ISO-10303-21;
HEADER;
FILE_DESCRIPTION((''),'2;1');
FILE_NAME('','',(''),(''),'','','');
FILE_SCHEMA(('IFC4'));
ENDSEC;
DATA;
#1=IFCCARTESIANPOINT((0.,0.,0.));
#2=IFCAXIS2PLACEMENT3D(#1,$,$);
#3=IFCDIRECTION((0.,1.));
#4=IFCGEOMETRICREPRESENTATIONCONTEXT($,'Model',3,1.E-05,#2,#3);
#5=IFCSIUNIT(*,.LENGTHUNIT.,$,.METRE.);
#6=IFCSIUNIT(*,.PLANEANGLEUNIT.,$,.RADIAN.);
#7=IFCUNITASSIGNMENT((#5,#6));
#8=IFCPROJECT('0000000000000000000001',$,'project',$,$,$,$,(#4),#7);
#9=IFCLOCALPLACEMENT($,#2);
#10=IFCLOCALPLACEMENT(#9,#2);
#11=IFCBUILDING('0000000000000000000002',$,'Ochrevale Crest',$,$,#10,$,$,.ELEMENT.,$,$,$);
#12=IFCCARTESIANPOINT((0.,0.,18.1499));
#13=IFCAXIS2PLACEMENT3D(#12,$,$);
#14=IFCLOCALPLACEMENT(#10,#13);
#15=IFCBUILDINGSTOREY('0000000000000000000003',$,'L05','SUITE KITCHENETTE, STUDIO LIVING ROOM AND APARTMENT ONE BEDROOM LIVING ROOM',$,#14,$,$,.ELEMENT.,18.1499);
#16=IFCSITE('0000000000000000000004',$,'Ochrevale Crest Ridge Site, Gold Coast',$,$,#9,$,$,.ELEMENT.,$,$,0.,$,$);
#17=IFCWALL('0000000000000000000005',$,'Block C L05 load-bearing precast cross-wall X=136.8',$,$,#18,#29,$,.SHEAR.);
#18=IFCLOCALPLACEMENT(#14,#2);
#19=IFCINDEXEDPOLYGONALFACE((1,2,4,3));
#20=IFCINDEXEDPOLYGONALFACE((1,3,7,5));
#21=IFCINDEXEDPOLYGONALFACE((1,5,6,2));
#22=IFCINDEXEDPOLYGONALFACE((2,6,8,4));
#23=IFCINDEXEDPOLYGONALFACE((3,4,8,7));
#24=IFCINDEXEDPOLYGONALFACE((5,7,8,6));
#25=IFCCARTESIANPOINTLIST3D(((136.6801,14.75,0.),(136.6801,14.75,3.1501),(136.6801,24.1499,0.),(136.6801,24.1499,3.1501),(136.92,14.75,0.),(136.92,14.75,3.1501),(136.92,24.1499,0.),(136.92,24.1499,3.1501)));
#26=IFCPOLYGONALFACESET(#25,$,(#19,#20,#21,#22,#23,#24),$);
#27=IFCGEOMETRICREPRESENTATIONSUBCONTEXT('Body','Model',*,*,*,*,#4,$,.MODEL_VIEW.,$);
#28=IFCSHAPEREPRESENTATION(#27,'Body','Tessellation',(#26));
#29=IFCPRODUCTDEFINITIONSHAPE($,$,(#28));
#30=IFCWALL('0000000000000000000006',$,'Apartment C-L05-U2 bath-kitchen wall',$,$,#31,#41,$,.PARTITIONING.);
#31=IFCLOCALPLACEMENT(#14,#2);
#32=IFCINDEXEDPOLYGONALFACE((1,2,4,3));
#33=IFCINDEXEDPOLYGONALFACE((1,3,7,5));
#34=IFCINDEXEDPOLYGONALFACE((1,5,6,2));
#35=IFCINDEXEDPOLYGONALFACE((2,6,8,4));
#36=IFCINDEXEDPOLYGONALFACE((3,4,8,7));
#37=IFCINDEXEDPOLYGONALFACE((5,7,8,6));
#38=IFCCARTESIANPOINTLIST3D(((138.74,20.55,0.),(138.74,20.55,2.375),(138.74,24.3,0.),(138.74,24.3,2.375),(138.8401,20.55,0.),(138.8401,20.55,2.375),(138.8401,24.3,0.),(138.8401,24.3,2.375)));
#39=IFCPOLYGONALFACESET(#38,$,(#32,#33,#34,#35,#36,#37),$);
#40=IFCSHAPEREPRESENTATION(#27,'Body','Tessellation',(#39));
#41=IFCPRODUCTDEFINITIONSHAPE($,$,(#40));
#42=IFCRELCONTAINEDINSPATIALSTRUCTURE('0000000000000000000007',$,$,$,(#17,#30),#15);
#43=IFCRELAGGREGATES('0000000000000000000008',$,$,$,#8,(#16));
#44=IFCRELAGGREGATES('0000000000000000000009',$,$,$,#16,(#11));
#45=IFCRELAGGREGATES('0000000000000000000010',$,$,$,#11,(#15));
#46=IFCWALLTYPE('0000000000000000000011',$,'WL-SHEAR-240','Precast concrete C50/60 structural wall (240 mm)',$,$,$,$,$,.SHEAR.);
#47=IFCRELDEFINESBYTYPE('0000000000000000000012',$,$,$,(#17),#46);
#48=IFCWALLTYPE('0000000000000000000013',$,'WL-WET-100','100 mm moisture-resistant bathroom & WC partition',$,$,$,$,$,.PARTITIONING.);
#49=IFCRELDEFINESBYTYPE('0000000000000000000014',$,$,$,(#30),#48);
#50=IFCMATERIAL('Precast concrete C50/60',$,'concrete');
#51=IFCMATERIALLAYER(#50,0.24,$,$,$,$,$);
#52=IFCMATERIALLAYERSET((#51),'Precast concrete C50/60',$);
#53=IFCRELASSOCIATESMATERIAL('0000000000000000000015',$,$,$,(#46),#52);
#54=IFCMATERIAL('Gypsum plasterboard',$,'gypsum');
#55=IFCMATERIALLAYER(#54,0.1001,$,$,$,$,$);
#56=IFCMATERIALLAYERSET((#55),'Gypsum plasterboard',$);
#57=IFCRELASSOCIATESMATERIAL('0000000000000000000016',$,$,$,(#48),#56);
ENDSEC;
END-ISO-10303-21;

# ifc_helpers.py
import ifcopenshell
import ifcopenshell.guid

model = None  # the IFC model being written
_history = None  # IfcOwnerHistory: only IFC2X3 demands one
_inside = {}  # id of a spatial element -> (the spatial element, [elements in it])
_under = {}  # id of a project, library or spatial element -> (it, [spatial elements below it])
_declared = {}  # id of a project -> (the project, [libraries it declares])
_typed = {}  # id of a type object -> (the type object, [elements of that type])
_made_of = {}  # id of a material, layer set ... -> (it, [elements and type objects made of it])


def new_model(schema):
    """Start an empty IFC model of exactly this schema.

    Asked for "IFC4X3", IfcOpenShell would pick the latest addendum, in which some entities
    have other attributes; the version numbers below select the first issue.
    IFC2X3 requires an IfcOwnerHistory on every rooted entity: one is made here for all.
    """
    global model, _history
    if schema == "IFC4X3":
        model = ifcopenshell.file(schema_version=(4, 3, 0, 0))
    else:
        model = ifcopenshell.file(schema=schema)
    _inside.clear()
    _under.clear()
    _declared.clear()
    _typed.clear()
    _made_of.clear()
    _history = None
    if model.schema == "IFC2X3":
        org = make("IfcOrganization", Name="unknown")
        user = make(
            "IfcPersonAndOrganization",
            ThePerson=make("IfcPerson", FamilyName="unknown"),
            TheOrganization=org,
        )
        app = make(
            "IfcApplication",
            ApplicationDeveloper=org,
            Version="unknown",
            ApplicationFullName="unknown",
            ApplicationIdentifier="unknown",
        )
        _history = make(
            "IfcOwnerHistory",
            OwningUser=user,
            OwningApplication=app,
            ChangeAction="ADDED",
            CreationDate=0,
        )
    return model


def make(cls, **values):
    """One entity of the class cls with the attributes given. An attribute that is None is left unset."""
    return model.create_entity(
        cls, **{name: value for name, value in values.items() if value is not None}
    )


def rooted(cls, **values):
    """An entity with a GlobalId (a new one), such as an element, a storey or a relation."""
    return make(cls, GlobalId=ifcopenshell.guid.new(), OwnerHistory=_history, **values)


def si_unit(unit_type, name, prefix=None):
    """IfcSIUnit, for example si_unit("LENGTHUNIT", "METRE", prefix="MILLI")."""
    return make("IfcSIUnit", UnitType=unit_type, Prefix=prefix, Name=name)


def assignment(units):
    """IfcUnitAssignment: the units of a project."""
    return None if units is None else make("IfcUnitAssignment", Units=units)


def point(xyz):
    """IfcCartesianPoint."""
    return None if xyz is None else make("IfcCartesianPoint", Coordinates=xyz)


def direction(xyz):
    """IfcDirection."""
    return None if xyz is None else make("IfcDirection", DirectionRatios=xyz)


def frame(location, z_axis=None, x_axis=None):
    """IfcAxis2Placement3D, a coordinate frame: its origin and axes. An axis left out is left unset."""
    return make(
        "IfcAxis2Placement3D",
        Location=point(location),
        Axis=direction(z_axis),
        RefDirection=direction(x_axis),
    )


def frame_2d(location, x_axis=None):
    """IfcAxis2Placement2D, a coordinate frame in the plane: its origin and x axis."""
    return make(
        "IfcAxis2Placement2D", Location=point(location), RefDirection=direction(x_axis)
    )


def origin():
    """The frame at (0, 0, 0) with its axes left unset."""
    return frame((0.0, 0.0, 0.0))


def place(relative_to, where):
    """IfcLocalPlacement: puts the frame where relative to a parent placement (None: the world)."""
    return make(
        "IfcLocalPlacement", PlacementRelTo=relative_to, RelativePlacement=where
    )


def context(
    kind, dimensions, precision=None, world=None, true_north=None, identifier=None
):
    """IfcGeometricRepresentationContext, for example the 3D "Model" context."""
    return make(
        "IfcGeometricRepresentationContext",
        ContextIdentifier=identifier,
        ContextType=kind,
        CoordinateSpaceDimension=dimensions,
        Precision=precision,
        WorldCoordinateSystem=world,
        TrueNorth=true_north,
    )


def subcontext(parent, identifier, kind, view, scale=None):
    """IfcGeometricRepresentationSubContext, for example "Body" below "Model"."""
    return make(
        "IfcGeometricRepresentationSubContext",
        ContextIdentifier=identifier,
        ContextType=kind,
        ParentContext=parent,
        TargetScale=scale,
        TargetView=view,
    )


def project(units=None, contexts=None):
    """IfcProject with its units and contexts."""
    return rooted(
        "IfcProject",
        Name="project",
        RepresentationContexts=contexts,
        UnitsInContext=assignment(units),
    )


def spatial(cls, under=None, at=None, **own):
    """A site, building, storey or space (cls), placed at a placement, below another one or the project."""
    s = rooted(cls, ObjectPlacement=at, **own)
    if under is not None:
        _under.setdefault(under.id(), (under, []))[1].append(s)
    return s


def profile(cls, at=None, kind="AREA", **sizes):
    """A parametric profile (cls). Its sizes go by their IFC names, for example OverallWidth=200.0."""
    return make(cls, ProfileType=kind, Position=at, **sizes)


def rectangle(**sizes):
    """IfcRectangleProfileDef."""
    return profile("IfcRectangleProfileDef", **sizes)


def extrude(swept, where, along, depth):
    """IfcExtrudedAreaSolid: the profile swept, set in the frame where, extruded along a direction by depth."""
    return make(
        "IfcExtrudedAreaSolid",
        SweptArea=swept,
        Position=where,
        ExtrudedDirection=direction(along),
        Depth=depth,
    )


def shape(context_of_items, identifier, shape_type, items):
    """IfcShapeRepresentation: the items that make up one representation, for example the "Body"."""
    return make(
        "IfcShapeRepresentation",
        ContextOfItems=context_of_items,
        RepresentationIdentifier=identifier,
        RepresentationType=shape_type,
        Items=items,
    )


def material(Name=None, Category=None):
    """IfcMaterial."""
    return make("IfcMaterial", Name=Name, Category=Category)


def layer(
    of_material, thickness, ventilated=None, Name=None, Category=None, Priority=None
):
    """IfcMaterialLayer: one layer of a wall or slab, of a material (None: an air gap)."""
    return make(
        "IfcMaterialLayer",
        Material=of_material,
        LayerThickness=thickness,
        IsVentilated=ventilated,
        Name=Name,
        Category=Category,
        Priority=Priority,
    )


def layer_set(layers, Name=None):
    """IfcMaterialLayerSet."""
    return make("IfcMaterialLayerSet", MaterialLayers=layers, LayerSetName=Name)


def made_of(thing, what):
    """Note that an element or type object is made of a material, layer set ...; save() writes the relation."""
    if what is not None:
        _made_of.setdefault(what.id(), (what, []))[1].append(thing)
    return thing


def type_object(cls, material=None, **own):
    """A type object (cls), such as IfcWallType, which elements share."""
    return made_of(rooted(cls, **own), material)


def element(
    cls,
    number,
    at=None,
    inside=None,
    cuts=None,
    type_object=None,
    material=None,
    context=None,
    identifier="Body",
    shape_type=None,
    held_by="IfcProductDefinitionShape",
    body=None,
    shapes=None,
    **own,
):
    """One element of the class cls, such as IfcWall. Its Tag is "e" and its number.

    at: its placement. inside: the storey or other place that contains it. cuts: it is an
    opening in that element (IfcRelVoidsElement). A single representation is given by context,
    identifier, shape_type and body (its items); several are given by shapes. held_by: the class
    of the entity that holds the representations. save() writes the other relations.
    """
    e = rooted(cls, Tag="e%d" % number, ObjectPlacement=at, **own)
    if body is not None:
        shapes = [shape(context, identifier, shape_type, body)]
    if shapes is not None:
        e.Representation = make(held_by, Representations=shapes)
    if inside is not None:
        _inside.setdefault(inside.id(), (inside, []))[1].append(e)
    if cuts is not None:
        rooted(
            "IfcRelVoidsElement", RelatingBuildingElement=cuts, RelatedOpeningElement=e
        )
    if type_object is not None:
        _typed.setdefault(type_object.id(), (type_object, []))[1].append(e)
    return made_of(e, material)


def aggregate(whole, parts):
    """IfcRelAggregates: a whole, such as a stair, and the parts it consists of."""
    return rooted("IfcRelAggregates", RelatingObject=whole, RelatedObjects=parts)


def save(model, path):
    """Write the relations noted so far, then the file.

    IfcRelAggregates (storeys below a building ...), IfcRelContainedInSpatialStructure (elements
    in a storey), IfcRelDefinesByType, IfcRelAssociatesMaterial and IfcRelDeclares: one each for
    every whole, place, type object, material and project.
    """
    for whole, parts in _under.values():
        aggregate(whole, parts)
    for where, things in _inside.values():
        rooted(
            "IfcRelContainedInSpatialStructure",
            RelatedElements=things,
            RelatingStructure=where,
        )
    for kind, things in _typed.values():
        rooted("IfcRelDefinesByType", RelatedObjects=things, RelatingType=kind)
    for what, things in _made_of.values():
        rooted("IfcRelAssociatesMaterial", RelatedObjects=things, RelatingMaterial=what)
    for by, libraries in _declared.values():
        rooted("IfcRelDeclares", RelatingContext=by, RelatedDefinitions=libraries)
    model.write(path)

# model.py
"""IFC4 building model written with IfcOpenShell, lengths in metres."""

from ifc_helpers import new_model, si_unit, direction, frame, frame_2d, origin, place, context, subcontext, project, spatial, rectangle, extrude, material, layer, layer_set, type_object, element, save


model = new_model("IFC4")

# Units and contexts
model_context = context("Model", 3, precision=1e-05, world=origin(), true_north=direction((0.0, 1.0)))
body_context = subcontext(model_context, "Body", "Model", "MODEL_VIEW")
ifc_project = project(units=[si_unit("LENGTHUNIT", "METRE"), si_unit("PLANEANGLEUNIT", "RADIAN")], contexts=[model_context])

# Site, building, storey
site_placement = place(None, origin())
site = spatial("IfcSite", under=ifc_project, at=site_placement, Name="Ochrevale Crest Ridge Site, Gold Coast", CompositionType="ELEMENT", RefElevation=0.0)
building_placement = place(site_placement, origin())
building = spatial("IfcBuilding", under=site, at=building_placement, Name="Ochrevale Crest", CompositionType="ELEMENT")
storey_placement = place(building_placement, frame((0.0, 0.0, 18.1499)))
storey = spatial("IfcBuildingStorey", under=building, at=storey_placement, Name="L05", Description="SUITE KITCHENETTE, STUDIO LIVING ROOM AND APARTMENT ONE BEDROOM LIVING ROOM", CompositionType="ELEMENT", Elevation=18.1499)

# Shared definitions
ifc_material_1 = material(Name="Precast concrete C50/60", Category="concrete")

# Shared definitions
ifc_material_2 = material(Name="Gypsum plasterboard", Category="gypsum")

# Walls
ifc_layer_1 = layer(ifc_material_1, 0.24)
ifc_layer_set_1 = layer_set([ifc_layer_1], Name="Precast concrete C50/60")
wall_type_1 = type_object("IfcWallType", Name="WL-SHEAR-240", Description="Precast concrete C50/60 structural wall (240 mm)", PredefinedType="SHEAR", material=ifc_layer_set_1)
wall_1_placement = place(storey_placement, frame((136.8, 14.75, 0.0), z_axis=(0.0, 0.0, 1.0), x_axis=(0.0, 1.0, 0.0)))
element("IfcWall", 1, at=wall_1_placement, inside=storey, type_object=wall_type_1, Name="Block C L05 load-bearing precast cross-wall X=136.8", PredefinedType="SHEAR", context=body_context, shape_type="SweptSolid", body=[
    extrude(rectangle(XDim=9.3999, YDim=0.24, at=frame_2d((4.7, 0.0))), origin(), (0.0, 0.0, 1.0), 3.1501),
])
ifc_layer_2 = layer(ifc_material_2, 0.1001)
ifc_layer_set_2 = layer_set([ifc_layer_2], Name="Gypsum plasterboard")
wall_type_2 = type_object("IfcWallType", Name="WL-WET-100", Description="100 mm moisture-resistant bathroom & WC partition", PredefinedType="PARTITIONING", material=ifc_layer_set_2)
wall_2_placement = place(storey_placement, frame((138.79, 20.55, 0.0), z_axis=(0.0, 0.0, 1.0), x_axis=(0.0, 1.0, 0.0)))
element("IfcWall", 2, at=wall_2_placement, inside=storey, type_object=wall_type_2, Name="Apartment C-L05-U2 bath-kitchen wall", PredefinedType="PARTITIONING", context=body_context, shape_type="SweptSolid", body=[
    extrude(rectangle(XDim=3.75, YDim=0.1001, at=frame_2d((1.875, 0.0))), origin(), (0.0, 0.0, 1.0), 2.375),
])

save(model, "model.ifc")
